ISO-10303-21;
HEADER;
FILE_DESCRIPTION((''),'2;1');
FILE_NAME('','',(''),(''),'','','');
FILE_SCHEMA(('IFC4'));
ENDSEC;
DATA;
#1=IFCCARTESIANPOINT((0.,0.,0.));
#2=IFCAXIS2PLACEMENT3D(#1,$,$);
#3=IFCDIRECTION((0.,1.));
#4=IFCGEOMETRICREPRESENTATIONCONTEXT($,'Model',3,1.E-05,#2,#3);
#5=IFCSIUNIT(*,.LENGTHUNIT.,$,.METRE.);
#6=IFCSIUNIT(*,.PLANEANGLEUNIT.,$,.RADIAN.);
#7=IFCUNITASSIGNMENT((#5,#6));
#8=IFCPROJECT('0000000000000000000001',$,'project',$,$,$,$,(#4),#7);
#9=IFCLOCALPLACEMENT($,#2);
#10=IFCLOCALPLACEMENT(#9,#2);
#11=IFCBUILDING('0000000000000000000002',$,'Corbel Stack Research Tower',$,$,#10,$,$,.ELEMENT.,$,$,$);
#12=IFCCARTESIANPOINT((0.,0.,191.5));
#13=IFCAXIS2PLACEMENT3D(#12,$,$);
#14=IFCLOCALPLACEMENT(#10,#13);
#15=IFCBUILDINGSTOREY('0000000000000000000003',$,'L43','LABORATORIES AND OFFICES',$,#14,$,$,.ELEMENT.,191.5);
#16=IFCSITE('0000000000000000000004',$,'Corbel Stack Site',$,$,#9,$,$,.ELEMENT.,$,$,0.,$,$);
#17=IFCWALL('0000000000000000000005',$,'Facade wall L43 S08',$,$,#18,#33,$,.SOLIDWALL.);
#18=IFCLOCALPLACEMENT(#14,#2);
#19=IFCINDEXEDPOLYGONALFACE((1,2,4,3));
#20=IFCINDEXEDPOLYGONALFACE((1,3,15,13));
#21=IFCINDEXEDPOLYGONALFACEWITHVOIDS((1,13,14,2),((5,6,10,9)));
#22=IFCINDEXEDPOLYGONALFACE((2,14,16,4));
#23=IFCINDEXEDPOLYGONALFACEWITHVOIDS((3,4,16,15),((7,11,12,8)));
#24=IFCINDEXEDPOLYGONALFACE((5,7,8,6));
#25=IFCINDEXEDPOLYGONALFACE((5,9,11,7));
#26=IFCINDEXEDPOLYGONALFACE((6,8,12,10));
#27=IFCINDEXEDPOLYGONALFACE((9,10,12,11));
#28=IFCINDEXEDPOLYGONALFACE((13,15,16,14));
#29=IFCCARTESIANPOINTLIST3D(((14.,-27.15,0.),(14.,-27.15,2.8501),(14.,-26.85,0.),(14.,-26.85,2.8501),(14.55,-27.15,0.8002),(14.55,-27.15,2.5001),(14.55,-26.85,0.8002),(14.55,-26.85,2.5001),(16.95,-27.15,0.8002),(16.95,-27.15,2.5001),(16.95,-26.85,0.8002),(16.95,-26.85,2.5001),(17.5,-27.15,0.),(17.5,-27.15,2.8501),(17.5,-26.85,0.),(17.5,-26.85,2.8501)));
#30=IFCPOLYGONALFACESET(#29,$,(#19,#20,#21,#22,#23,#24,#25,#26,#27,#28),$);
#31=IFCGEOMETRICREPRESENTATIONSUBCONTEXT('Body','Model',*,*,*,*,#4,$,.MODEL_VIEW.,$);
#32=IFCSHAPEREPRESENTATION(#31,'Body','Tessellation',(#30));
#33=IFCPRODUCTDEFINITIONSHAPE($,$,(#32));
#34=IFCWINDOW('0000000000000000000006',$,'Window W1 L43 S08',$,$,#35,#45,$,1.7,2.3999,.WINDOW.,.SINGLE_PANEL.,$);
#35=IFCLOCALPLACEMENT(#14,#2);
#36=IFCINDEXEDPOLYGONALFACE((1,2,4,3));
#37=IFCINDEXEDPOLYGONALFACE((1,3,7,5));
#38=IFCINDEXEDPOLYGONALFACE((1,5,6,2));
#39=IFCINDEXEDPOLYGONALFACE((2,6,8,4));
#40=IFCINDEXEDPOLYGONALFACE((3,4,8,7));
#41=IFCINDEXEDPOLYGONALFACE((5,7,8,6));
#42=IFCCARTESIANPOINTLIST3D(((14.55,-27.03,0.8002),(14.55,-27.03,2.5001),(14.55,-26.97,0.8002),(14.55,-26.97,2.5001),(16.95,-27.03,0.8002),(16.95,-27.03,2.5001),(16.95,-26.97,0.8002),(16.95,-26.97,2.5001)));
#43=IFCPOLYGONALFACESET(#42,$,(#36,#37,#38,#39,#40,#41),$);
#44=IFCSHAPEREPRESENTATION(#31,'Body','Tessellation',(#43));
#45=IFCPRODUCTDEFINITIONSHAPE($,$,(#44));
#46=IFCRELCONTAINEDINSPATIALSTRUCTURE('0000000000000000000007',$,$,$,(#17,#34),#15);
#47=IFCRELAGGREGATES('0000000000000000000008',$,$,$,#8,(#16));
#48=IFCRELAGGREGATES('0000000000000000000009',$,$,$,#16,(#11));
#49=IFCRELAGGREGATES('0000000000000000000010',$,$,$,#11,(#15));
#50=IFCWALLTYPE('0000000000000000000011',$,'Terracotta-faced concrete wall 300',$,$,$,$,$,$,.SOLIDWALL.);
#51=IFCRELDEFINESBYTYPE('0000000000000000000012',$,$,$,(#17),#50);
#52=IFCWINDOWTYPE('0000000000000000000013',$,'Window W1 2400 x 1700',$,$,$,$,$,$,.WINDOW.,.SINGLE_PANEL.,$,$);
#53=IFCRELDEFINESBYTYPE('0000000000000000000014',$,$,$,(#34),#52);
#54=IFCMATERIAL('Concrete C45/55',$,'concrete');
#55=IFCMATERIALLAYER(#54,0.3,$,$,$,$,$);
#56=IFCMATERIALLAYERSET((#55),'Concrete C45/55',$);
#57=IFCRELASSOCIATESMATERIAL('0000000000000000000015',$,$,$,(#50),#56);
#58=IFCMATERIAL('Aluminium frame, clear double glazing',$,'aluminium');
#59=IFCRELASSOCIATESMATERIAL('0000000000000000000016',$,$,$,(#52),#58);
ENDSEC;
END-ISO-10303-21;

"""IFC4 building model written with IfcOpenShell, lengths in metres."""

from ifc_helpers import new_model, si_unit, direction, frame, frame_2d, origin, place, context, subcontext, project, spatial, rectangle, extrude, material, layer, layer_set, type_object, element, fill, save


model = new_model("IFC4")

# Units and contexts
model_context = context("Model", 3, precision=1e-05, world=origin(), true_north=direction((0.0, 1.0)))
body_context = subcontext(model_context, "Body", "Model", "MODEL_VIEW")
ifc_project = project(units=[si_unit("LENGTHUNIT", "METRE"), si_unit("PLANEANGLEUNIT", "RADIAN")], contexts=[model_context])

# Site, building, storey
site_placement = place(None, origin())
site = spatial("IfcSite", under=ifc_project, at=site_placement, Name="Corbel Stack Site", CompositionType="ELEMENT", RefElevation=0.0)
building_placement = place(site_placement, origin())
building = spatial("IfcBuilding", under=site, at=building_placement, Name="Corbel Stack Research Tower", CompositionType="ELEMENT")
storey_placement = place(building_placement, frame((0.0, 0.0, 191.5)))
storey = spatial("IfcBuildingStorey", under=building, at=storey_placement, Name="L43", Description="LABORATORIES AND OFFICES", CompositionType="ELEMENT", Elevation=191.5)

# Wall, opening, window
ifc_material_1 = material(Name="Concrete C45/55", Category="concrete")
ifc_layer_1 = layer(ifc_material_1, 0.3)
ifc_layer_set_1 = layer_set([ifc_layer_1], Name="Concrete C45/55")
wall_type_1 = type_object("IfcWallType", Name="Terracotta-faced concrete wall 300", PredefinedType="SOLIDWALL", material=ifc_layer_set_1)
wall_1_placement = place(storey_placement, frame((17.5, -27.0, 0.0), z_axis=(0.0, 0.0, 1.0), x_axis=(-1.0, 0.0, 0.0)))
wall_1 = element("IfcWall", 1, at=wall_1_placement, inside=storey, type_object=wall_type_1, Name="Facade wall L43 S08", PredefinedType="SOLIDWALL", context=body_context, shape_type="SweptSolid", body=[
    extrude(rectangle(XDim=3.5, YDim=0.3, at=frame_2d((1.75, 0.0))), origin(), (0.0, 0.0, 1.0), 2.8501),
])
opening_1_placement = place(wall_1_placement, frame((0.55, 0.0, 0.8)))
opening_1 = element("IfcOpeningElement", 2, at=opening_1_placement, cuts=wall_1, PredefinedType="OPENING", context=body_context, shape_type="SweptSolid", body=[
    extrude(rectangle(XDim=2.3999, YDim=1.7, at=frame_2d((1.2, 0.8501))), frame((0.0, 0.1599, 0.0), z_axis=(0.0, -1.0, 0.0), x_axis=(1.0, 0.0, 0.0)), (0.0, 0.0, 1.0), 0.3201),
])
ifc_material_2 = material(Name="Aluminium frame, clear double glazing", Category="aluminium")
window_type = type_object("IfcWindowType", Name="Window W1 2400 x 1700", PartitioningType="SINGLE_PANEL", PredefinedType="WINDOW", material=ifc_material_2)
window_placement = place(opening_1_placement, origin())
window = element("IfcWindow", 3, at=window_placement, inside=storey, type_object=window_type, Name="Window W1 L43 S08", OverallHeight=1.7, OverallWidth=2.3999, PartitioningType="SINGLE_PANEL", PredefinedType="WINDOW", context=body_context, shape_type="SweptSolid", body=[
    extrude(rectangle(XDim=2.3999, YDim=1.7, at=frame_2d((1.2, 0.8501))), frame((0.0, 0.03, 0.0), z_axis=(0.0, -1.0, 0.0), x_axis=(1.0, 0.0, 0.0)), (0.0, 0.0, 1.0), 0.0601),
])
fill(opening_1, window)

save(model, "model.ifc")
